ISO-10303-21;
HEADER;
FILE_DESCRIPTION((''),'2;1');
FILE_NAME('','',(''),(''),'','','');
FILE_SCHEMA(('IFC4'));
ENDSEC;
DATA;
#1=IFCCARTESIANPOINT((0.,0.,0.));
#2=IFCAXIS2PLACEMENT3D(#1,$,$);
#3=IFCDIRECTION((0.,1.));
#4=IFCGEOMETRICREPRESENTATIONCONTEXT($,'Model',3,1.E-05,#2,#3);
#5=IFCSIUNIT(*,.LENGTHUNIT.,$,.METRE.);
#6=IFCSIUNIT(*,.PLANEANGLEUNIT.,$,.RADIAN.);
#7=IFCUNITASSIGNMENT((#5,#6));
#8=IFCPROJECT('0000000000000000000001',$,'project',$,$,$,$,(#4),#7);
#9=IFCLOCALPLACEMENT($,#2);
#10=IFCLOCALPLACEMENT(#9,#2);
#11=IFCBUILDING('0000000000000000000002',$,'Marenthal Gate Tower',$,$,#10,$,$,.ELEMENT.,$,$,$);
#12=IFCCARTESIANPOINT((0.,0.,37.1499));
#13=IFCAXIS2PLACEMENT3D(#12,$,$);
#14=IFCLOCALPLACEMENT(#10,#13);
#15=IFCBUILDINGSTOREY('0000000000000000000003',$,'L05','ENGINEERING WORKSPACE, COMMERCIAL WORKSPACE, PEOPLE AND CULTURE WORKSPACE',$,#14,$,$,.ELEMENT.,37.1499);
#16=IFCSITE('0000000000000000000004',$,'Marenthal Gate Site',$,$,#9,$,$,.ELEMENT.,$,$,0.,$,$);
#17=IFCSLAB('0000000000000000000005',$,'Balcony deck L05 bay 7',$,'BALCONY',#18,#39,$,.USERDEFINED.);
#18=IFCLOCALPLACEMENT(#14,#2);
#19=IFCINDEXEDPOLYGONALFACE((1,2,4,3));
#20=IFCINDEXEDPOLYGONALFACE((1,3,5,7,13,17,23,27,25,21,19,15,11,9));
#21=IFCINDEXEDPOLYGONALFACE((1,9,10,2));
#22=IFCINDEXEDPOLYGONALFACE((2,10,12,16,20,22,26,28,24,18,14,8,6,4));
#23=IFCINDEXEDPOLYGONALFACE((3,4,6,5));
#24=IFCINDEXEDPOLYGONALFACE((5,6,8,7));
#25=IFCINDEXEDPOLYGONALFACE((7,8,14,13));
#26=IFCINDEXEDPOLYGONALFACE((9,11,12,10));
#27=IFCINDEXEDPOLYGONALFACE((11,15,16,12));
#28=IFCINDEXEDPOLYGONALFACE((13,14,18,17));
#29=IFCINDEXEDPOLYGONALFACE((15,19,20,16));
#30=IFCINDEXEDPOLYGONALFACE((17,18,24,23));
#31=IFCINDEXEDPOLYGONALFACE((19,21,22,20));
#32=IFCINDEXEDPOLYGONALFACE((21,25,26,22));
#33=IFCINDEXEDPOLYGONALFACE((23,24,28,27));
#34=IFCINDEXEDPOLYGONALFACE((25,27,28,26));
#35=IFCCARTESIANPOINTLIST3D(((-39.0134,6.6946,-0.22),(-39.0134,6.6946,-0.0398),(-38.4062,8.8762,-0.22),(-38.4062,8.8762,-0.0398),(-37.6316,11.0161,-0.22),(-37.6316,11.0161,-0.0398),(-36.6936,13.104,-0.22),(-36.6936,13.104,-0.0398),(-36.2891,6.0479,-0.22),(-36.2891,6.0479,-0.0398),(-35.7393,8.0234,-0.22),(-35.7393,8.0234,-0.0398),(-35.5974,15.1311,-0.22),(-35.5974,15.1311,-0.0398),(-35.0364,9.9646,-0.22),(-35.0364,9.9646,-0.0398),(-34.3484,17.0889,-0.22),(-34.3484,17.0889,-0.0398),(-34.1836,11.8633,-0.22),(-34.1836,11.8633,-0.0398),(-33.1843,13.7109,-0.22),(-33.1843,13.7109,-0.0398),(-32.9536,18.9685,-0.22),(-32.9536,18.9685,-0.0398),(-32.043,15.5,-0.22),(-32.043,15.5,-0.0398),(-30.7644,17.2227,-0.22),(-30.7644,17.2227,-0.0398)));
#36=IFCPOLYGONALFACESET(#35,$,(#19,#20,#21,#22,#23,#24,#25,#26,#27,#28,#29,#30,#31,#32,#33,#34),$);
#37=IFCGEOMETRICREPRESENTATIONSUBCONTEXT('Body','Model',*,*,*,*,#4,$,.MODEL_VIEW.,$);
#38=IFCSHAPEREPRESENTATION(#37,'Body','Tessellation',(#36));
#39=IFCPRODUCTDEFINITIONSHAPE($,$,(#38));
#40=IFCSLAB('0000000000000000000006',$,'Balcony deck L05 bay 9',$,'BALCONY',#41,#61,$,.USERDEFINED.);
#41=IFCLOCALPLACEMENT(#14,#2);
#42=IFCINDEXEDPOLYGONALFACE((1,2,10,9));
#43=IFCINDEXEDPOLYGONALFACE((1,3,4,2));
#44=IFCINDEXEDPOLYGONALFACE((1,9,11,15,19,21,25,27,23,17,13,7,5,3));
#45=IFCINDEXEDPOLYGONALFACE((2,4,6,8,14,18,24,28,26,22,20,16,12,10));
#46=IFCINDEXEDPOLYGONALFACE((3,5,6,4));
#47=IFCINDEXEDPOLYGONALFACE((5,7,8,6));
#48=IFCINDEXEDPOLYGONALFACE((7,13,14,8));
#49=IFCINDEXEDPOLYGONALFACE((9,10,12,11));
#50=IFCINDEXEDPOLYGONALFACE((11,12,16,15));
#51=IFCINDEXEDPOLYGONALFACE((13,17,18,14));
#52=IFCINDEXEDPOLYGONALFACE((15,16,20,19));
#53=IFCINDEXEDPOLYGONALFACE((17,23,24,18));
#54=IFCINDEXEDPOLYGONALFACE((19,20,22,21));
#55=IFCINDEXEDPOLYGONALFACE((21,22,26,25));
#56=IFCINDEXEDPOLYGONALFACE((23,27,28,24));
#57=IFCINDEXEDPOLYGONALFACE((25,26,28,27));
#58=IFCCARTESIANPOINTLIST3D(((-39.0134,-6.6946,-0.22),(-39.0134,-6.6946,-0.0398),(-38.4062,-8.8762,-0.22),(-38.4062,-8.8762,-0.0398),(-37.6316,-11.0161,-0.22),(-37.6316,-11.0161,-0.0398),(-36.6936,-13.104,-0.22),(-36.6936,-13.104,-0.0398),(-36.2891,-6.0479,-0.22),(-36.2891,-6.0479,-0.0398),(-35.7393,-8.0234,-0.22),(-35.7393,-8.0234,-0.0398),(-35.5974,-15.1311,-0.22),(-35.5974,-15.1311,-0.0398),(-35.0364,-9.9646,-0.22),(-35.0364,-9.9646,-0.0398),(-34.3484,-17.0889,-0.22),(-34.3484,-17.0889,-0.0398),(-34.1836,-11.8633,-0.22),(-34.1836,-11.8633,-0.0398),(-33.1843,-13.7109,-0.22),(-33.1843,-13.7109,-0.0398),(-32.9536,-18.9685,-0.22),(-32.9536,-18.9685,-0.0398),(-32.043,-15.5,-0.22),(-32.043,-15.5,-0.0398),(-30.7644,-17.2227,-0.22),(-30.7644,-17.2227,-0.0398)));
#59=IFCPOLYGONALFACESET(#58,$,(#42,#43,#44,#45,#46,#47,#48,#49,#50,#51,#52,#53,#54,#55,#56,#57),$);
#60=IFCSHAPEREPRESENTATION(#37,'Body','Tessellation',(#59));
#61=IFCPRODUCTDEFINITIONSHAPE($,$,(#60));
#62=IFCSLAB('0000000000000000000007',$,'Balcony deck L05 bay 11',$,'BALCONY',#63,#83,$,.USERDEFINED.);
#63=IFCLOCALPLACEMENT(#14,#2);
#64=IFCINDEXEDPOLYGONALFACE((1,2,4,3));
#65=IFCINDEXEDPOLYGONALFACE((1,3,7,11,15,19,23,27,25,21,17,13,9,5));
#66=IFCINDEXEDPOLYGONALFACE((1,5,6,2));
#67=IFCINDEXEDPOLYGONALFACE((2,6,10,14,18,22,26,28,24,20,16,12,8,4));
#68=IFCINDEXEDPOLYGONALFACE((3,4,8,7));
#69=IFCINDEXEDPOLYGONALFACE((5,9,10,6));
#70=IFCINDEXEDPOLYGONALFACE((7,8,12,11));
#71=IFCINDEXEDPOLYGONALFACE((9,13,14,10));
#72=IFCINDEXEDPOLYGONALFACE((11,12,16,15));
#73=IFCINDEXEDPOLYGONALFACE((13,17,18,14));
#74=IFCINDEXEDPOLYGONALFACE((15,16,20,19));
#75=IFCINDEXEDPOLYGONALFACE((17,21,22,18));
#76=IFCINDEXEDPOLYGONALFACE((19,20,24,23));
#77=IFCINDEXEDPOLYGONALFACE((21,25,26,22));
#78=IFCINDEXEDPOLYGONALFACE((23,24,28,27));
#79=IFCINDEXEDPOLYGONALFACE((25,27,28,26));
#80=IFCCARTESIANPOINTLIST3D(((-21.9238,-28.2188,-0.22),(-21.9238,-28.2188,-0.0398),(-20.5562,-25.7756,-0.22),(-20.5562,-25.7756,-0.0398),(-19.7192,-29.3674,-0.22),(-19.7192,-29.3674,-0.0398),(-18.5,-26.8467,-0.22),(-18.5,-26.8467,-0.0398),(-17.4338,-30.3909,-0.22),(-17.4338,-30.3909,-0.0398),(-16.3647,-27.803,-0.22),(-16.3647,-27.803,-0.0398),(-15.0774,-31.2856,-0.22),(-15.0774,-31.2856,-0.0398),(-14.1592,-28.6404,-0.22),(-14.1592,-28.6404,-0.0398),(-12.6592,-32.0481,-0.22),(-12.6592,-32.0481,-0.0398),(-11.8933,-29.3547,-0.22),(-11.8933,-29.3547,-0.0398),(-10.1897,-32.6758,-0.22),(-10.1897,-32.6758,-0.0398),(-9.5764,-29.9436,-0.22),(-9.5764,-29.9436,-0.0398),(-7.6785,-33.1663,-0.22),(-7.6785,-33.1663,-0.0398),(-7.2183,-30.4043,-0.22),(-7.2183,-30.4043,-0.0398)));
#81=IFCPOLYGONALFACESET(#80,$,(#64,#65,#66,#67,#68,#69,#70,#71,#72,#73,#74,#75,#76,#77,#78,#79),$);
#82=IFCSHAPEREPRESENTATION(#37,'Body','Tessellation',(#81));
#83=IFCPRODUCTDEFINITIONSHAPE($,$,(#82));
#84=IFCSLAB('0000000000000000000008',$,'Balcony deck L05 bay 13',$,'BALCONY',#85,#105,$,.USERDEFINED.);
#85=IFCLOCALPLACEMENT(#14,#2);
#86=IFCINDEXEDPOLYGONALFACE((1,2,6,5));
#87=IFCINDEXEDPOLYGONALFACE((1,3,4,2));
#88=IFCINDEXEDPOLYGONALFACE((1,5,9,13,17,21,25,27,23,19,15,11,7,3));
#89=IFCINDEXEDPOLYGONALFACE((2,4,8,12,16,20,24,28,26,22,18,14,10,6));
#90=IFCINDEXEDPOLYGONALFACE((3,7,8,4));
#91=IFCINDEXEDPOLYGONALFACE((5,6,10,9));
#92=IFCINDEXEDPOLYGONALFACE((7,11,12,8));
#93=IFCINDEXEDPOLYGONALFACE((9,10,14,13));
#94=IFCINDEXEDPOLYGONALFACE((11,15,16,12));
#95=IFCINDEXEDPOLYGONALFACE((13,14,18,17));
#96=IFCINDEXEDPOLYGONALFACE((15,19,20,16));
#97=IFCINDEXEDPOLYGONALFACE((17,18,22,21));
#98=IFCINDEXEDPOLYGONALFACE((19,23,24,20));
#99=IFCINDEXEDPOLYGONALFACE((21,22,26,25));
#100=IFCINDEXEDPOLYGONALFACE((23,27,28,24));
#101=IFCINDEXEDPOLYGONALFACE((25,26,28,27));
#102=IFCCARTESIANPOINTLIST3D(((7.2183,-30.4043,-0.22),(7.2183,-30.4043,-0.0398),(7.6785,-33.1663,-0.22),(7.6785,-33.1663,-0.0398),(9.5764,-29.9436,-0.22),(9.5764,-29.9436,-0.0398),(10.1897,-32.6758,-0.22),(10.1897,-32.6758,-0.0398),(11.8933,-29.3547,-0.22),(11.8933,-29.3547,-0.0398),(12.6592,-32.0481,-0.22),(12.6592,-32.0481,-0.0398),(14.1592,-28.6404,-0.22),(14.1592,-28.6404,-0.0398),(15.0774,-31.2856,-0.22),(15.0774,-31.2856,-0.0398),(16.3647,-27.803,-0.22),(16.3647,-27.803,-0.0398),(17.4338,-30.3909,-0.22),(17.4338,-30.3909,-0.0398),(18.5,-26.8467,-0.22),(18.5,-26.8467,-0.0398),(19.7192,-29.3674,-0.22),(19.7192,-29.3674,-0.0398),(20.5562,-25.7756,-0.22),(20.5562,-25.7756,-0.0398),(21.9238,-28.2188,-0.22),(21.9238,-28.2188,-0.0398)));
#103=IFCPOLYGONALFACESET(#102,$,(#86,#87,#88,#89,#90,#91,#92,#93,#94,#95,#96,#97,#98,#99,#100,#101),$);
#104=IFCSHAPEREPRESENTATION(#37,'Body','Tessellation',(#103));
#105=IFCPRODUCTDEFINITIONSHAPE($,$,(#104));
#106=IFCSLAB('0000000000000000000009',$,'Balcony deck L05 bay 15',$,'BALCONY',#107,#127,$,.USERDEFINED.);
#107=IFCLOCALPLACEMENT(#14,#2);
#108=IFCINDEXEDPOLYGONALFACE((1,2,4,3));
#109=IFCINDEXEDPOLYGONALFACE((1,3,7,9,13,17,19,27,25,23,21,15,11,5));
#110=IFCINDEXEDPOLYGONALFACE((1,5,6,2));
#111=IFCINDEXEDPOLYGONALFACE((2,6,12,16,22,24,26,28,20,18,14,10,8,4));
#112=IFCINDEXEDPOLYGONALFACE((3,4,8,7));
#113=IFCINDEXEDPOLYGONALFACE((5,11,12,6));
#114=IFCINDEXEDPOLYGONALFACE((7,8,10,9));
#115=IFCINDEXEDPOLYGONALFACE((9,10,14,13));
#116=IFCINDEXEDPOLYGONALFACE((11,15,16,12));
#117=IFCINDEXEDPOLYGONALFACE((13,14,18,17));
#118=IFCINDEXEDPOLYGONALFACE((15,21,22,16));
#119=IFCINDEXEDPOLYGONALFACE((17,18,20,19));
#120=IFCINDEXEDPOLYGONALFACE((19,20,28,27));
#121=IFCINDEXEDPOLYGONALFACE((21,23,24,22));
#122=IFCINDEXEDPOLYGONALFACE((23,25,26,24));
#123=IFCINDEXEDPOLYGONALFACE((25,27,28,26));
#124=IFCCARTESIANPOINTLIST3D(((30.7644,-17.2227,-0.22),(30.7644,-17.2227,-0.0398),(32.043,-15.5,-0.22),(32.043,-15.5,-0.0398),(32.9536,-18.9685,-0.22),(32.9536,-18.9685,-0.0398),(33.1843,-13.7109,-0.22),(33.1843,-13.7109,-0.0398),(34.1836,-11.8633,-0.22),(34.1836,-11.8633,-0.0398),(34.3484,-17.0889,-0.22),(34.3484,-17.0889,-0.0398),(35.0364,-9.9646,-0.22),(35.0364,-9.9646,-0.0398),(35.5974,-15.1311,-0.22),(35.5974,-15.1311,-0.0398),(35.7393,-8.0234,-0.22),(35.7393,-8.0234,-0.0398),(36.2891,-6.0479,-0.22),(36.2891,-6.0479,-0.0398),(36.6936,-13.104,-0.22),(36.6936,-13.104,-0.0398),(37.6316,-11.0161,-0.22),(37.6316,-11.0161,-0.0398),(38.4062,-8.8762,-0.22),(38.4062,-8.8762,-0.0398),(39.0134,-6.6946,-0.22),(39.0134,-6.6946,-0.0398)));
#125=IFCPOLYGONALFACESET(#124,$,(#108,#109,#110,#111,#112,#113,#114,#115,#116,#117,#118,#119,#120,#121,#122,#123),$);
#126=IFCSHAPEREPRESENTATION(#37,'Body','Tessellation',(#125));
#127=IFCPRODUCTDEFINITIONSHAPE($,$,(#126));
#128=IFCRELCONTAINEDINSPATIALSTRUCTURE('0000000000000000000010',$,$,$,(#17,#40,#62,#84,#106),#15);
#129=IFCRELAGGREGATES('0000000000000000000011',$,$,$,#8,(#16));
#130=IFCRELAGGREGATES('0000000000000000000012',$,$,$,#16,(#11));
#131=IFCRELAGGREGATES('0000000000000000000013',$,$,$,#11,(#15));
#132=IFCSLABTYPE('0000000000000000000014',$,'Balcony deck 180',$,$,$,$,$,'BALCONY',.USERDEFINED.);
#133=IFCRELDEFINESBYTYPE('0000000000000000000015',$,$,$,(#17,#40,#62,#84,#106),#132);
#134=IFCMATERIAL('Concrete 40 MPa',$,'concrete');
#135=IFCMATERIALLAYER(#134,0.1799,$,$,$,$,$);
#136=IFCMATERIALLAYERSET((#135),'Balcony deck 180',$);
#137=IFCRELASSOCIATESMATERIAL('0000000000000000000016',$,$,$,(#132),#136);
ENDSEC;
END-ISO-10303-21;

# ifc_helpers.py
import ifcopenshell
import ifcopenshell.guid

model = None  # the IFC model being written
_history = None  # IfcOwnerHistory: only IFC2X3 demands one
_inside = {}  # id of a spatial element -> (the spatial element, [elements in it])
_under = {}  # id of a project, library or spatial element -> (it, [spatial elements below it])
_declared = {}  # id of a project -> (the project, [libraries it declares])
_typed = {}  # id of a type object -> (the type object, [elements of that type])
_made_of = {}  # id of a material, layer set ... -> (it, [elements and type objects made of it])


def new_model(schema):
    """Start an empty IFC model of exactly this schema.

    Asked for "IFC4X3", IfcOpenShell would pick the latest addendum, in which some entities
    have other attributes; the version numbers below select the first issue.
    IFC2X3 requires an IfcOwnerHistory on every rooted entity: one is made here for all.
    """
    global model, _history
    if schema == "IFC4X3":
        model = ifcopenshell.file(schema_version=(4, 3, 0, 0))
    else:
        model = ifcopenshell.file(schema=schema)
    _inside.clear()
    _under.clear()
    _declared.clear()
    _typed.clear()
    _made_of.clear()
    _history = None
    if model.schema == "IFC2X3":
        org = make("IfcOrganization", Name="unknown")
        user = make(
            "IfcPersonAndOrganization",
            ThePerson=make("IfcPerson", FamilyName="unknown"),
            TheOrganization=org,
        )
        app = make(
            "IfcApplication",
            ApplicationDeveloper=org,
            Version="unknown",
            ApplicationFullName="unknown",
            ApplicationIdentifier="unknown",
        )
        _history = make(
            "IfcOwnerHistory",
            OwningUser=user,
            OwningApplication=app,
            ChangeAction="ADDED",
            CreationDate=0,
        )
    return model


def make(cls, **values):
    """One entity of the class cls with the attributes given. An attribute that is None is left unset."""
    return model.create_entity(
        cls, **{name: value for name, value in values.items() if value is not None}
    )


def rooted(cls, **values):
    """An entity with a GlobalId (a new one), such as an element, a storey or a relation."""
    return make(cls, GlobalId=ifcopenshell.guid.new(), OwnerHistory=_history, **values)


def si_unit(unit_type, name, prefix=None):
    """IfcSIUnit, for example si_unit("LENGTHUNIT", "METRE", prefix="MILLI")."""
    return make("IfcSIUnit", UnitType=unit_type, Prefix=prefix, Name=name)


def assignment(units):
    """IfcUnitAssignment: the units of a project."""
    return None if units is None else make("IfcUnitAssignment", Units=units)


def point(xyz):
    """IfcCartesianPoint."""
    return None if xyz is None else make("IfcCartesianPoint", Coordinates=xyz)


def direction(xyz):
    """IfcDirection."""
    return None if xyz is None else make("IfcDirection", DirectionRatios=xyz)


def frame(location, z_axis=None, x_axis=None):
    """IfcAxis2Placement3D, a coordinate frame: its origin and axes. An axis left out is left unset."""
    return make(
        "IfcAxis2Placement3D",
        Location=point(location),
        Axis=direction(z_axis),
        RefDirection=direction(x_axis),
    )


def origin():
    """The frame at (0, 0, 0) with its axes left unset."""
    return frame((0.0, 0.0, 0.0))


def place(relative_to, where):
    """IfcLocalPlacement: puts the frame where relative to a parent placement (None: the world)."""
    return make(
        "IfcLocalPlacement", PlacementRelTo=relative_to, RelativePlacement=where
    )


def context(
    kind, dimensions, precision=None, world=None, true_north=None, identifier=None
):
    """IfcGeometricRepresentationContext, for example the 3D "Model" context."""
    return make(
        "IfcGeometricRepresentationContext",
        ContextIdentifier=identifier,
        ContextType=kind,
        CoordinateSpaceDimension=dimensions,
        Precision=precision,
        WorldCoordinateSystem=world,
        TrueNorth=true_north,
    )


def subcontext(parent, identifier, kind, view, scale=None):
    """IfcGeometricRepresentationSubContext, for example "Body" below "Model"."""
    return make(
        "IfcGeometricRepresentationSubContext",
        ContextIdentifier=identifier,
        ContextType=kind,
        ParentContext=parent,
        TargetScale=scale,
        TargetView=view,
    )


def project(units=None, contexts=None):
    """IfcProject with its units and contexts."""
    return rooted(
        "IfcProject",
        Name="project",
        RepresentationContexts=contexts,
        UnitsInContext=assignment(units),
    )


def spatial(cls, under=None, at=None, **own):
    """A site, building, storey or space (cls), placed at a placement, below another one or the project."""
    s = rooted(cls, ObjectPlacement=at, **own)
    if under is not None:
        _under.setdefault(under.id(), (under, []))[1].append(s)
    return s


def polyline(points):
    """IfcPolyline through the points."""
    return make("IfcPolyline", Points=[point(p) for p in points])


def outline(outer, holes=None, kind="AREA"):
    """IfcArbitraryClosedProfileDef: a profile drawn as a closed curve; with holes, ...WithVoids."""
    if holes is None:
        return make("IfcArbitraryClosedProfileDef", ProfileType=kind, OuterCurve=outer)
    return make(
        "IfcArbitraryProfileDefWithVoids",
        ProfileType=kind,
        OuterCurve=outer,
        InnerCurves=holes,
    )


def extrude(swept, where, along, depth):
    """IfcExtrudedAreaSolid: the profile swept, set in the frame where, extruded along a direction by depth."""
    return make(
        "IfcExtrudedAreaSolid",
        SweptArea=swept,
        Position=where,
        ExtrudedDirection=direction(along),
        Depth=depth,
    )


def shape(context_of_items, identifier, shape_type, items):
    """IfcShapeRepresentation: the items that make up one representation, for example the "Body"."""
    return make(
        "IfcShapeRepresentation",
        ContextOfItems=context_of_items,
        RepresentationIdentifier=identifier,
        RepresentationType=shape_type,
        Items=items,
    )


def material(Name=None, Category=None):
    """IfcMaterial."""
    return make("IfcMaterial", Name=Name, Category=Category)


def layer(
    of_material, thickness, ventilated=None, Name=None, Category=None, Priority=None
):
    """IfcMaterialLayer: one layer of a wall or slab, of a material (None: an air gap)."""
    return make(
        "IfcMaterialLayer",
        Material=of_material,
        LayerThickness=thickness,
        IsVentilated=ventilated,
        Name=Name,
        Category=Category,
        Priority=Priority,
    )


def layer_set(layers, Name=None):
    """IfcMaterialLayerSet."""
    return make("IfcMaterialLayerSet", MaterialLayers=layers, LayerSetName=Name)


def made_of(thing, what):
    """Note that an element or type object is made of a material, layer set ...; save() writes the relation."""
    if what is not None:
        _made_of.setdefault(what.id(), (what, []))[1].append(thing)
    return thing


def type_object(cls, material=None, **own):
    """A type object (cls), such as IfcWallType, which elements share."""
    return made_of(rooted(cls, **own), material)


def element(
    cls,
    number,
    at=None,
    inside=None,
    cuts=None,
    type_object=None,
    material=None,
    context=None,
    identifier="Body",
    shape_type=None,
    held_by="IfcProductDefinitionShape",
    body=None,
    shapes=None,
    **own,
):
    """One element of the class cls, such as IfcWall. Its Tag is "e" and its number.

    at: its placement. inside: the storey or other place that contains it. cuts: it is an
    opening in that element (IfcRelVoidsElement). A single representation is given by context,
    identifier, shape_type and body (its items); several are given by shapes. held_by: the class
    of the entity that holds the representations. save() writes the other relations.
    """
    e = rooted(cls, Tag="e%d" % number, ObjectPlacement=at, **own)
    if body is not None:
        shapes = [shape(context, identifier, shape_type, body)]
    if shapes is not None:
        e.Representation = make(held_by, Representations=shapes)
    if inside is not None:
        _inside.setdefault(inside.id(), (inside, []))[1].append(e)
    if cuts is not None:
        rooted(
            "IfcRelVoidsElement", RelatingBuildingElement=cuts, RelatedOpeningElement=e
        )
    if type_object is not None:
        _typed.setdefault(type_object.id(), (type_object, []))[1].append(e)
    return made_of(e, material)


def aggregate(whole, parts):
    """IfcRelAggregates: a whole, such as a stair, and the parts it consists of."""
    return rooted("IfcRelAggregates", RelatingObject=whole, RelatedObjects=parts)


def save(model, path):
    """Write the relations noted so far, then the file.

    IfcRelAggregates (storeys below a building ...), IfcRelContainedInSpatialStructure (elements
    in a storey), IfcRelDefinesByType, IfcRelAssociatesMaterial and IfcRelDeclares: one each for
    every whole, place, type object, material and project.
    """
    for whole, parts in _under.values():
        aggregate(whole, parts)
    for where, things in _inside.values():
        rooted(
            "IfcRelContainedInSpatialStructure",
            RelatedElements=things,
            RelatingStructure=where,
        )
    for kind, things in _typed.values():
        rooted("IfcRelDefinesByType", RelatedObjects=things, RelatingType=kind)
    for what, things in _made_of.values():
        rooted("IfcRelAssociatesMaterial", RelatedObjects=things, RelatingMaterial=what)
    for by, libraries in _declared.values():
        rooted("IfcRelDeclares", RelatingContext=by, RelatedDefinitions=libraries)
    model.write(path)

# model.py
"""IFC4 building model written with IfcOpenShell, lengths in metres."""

from ifc_helpers import new_model, si_unit, direction, frame, origin, place, context, subcontext, project, spatial, polyline, outline, extrude, material, layer, layer_set, type_object, element, save


model = new_model("IFC4")

# Units and contexts
model_context = context("Model", 3, precision=1e-05, world=origin(), true_north=direction((0.0, 1.0)))
body_context = subcontext(model_context, "Body", "Model", "MODEL_VIEW")
ifc_project = project(units=[si_unit("LENGTHUNIT", "METRE"), si_unit("PLANEANGLEUNIT", "RADIAN")], contexts=[model_context])

# Site, building, storey
site_placement = place(None, origin())
site = spatial("IfcSite", under=ifc_project, at=site_placement, Name="Marenthal Gate Site", CompositionType="ELEMENT", RefElevation=0.0)
building_placement = place(site_placement, origin())
building = spatial("IfcBuilding", under=site, at=building_placement, Name="Marenthal Gate Tower", CompositionType="ELEMENT")
storey_placement = place(building_placement, frame((0.0, 0.0, 37.1499)))
storey = spatial("IfcBuildingStorey", under=building, at=storey_placement, Name="L05", Description="ENGINEERING WORKSPACE, COMMERCIAL WORKSPACE, PEOPLE AND CULTURE WORKSPACE", CompositionType="ELEMENT", Elevation=37.1499)

# Slabs
ifc_material_1 = material(Name="Concrete 40 MPa", Category="concrete")
ifc_layer_1 = layer(ifc_material_1, 0.1799)
ifc_layer_set_1 = layer_set([ifc_layer_1], Name="Balcony deck 180")
slab_type_1 = type_object("IfcSlabType", Name="Balcony deck 180", ElementType="BALCONY", PredefinedType="USERDEFINED", material=ifc_layer_set_1)
slab_1_placement = place(storey_placement, frame((0.0, 0.0, -0.22)))
element("IfcSlab", 1, at=slab_1_placement, inside=storey, type_object=slab_type_1, Name="Balcony deck L05 bay 7", ObjectType="BALCONY", PredefinedType="USERDEFINED", context=body_context, shape_type="SweptSolid", body=[
    extrude(outline(polyline([(-30.7644, 17.2227), (-32.043, 15.5), (-33.1843, 13.7109), (-34.1836, 11.8633), (-35.0364, 9.9646), (-35.7393, 8.0234), (-36.2891, 6.0479), (-39.0134, 6.6946), (-38.4062, 8.8762), (-37.6316, 11.0161), (-36.6936, 13.104), (-35.5974, 15.1311), (-34.3484, 17.0889), (-32.9536, 18.9685), (-30.7644, 17.2227)])), origin(), (0.0, 0.0, 1.0), 0.1802),
])
slab_2_placement = place(storey_placement, frame((0.0, 0.0, -0.22)))
element("IfcSlab", 2, at=slab_2_placement, inside=storey, type_object=slab_type_1, Name="Balcony deck L05 bay 9", ObjectType="BALCONY", PredefinedType="USERDEFINED", context=body_context, shape_type="SweptSolid", body=[
    extrude(outline(polyline([(-36.2891, -6.0479), (-35.7393, -8.0234), (-35.0364, -9.9646), (-34.1836, -11.8633), (-33.1843, -13.7109), (-32.043, -15.5), (-30.7644, -17.2227), (-32.9536, -18.9685), (-34.3484, -17.0889), (-35.5974, -15.1311), (-36.6936, -13.104), (-37.6316, -11.0161), (-38.4062, -8.8762), (-39.0134, -6.6946), (-36.2891, -6.0479)])), origin(), (0.0, 0.0, 1.0), 0.1802),
])
slab_3_placement = place(storey_placement, frame((0.0, 0.0, -0.22)))
element("IfcSlab", 3, at=slab_3_placement, inside=storey, type_object=slab_type_1, Name="Balcony deck L05 bay 11", ObjectType="BALCONY", PredefinedType="USERDEFINED", context=body_context, shape_type="SweptSolid", body=[
    extrude(outline(polyline([(-20.5562, -25.7756), (-18.5, -26.8467), (-16.3647, -27.803), (-14.1592, -28.6404), (-11.8933, -29.3547), (-9.5764, -29.9436), (-7.2183, -30.4043), (-7.6785, -33.1663), (-10.1897, -32.6758), (-12.6592, -32.0481), (-15.0774, -31.2856), (-17.4338, -30.3909), (-19.7192, -29.3674), (-21.9238, -28.2188), (-20.5562, -25.7756)])), origin(), (0.0, 0.0, 1.0), 0.1802),
])
slab_4_placement = place(storey_placement, frame((0.0, 0.0, -0.22)))
element("IfcSlab", 4, at=slab_4_placement, inside=storey, type_object=slab_type_1, Name="Balcony deck L05 bay 13", ObjectType="BALCONY", PredefinedType="USERDEFINED", context=body_context, shape_type="SweptSolid", body=[
    extrude(outline(polyline([(7.2183, -30.4043), (9.5764, -29.9436), (11.8933, -29.3547), (14.1592, -28.6404), (16.3647, -27.803), (18.5, -26.8467), (20.5562, -25.7756), (21.9238, -28.2188), (19.7192, -29.3674), (17.4338, -30.3909), (15.0774, -31.2856), (12.6592, -32.0481), (10.1897, -32.6758), (7.6785, -33.1663), (7.2183, -30.4043)])), origin(), (0.0, 0.0, 1.0), 0.1802),
])
slab_5_placement = place(storey_placement, frame((0.0, 0.0, -0.22)))
element("IfcSlab", 5, at=slab_5_placement, inside=storey, type_object=slab_type_1, Name="Balcony deck L05 bay 15", ObjectType="BALCONY", PredefinedType="USERDEFINED", context=body_context, shape_type="SweptSolid", body=[
    extrude(outline(polyline([(30.7644, -17.2227), (32.043, -15.5), (33.1843, -13.7109), (34.1836, -11.8633), (35.0364, -9.9646), (35.7393, -8.0234), (36.2891, -6.0479), (39.0134, -6.6946), (38.4062, -8.8762), (37.6316, -11.0161), (36.6936, -13.104), (35.5974, -15.1311), (34.3484, -17.0889), (32.9536, -18.9685), (30.7644, -17.2227)])), origin(), (0.0, 0.0, 1.0), 0.1802),
])

save(model, "model.ifc")
